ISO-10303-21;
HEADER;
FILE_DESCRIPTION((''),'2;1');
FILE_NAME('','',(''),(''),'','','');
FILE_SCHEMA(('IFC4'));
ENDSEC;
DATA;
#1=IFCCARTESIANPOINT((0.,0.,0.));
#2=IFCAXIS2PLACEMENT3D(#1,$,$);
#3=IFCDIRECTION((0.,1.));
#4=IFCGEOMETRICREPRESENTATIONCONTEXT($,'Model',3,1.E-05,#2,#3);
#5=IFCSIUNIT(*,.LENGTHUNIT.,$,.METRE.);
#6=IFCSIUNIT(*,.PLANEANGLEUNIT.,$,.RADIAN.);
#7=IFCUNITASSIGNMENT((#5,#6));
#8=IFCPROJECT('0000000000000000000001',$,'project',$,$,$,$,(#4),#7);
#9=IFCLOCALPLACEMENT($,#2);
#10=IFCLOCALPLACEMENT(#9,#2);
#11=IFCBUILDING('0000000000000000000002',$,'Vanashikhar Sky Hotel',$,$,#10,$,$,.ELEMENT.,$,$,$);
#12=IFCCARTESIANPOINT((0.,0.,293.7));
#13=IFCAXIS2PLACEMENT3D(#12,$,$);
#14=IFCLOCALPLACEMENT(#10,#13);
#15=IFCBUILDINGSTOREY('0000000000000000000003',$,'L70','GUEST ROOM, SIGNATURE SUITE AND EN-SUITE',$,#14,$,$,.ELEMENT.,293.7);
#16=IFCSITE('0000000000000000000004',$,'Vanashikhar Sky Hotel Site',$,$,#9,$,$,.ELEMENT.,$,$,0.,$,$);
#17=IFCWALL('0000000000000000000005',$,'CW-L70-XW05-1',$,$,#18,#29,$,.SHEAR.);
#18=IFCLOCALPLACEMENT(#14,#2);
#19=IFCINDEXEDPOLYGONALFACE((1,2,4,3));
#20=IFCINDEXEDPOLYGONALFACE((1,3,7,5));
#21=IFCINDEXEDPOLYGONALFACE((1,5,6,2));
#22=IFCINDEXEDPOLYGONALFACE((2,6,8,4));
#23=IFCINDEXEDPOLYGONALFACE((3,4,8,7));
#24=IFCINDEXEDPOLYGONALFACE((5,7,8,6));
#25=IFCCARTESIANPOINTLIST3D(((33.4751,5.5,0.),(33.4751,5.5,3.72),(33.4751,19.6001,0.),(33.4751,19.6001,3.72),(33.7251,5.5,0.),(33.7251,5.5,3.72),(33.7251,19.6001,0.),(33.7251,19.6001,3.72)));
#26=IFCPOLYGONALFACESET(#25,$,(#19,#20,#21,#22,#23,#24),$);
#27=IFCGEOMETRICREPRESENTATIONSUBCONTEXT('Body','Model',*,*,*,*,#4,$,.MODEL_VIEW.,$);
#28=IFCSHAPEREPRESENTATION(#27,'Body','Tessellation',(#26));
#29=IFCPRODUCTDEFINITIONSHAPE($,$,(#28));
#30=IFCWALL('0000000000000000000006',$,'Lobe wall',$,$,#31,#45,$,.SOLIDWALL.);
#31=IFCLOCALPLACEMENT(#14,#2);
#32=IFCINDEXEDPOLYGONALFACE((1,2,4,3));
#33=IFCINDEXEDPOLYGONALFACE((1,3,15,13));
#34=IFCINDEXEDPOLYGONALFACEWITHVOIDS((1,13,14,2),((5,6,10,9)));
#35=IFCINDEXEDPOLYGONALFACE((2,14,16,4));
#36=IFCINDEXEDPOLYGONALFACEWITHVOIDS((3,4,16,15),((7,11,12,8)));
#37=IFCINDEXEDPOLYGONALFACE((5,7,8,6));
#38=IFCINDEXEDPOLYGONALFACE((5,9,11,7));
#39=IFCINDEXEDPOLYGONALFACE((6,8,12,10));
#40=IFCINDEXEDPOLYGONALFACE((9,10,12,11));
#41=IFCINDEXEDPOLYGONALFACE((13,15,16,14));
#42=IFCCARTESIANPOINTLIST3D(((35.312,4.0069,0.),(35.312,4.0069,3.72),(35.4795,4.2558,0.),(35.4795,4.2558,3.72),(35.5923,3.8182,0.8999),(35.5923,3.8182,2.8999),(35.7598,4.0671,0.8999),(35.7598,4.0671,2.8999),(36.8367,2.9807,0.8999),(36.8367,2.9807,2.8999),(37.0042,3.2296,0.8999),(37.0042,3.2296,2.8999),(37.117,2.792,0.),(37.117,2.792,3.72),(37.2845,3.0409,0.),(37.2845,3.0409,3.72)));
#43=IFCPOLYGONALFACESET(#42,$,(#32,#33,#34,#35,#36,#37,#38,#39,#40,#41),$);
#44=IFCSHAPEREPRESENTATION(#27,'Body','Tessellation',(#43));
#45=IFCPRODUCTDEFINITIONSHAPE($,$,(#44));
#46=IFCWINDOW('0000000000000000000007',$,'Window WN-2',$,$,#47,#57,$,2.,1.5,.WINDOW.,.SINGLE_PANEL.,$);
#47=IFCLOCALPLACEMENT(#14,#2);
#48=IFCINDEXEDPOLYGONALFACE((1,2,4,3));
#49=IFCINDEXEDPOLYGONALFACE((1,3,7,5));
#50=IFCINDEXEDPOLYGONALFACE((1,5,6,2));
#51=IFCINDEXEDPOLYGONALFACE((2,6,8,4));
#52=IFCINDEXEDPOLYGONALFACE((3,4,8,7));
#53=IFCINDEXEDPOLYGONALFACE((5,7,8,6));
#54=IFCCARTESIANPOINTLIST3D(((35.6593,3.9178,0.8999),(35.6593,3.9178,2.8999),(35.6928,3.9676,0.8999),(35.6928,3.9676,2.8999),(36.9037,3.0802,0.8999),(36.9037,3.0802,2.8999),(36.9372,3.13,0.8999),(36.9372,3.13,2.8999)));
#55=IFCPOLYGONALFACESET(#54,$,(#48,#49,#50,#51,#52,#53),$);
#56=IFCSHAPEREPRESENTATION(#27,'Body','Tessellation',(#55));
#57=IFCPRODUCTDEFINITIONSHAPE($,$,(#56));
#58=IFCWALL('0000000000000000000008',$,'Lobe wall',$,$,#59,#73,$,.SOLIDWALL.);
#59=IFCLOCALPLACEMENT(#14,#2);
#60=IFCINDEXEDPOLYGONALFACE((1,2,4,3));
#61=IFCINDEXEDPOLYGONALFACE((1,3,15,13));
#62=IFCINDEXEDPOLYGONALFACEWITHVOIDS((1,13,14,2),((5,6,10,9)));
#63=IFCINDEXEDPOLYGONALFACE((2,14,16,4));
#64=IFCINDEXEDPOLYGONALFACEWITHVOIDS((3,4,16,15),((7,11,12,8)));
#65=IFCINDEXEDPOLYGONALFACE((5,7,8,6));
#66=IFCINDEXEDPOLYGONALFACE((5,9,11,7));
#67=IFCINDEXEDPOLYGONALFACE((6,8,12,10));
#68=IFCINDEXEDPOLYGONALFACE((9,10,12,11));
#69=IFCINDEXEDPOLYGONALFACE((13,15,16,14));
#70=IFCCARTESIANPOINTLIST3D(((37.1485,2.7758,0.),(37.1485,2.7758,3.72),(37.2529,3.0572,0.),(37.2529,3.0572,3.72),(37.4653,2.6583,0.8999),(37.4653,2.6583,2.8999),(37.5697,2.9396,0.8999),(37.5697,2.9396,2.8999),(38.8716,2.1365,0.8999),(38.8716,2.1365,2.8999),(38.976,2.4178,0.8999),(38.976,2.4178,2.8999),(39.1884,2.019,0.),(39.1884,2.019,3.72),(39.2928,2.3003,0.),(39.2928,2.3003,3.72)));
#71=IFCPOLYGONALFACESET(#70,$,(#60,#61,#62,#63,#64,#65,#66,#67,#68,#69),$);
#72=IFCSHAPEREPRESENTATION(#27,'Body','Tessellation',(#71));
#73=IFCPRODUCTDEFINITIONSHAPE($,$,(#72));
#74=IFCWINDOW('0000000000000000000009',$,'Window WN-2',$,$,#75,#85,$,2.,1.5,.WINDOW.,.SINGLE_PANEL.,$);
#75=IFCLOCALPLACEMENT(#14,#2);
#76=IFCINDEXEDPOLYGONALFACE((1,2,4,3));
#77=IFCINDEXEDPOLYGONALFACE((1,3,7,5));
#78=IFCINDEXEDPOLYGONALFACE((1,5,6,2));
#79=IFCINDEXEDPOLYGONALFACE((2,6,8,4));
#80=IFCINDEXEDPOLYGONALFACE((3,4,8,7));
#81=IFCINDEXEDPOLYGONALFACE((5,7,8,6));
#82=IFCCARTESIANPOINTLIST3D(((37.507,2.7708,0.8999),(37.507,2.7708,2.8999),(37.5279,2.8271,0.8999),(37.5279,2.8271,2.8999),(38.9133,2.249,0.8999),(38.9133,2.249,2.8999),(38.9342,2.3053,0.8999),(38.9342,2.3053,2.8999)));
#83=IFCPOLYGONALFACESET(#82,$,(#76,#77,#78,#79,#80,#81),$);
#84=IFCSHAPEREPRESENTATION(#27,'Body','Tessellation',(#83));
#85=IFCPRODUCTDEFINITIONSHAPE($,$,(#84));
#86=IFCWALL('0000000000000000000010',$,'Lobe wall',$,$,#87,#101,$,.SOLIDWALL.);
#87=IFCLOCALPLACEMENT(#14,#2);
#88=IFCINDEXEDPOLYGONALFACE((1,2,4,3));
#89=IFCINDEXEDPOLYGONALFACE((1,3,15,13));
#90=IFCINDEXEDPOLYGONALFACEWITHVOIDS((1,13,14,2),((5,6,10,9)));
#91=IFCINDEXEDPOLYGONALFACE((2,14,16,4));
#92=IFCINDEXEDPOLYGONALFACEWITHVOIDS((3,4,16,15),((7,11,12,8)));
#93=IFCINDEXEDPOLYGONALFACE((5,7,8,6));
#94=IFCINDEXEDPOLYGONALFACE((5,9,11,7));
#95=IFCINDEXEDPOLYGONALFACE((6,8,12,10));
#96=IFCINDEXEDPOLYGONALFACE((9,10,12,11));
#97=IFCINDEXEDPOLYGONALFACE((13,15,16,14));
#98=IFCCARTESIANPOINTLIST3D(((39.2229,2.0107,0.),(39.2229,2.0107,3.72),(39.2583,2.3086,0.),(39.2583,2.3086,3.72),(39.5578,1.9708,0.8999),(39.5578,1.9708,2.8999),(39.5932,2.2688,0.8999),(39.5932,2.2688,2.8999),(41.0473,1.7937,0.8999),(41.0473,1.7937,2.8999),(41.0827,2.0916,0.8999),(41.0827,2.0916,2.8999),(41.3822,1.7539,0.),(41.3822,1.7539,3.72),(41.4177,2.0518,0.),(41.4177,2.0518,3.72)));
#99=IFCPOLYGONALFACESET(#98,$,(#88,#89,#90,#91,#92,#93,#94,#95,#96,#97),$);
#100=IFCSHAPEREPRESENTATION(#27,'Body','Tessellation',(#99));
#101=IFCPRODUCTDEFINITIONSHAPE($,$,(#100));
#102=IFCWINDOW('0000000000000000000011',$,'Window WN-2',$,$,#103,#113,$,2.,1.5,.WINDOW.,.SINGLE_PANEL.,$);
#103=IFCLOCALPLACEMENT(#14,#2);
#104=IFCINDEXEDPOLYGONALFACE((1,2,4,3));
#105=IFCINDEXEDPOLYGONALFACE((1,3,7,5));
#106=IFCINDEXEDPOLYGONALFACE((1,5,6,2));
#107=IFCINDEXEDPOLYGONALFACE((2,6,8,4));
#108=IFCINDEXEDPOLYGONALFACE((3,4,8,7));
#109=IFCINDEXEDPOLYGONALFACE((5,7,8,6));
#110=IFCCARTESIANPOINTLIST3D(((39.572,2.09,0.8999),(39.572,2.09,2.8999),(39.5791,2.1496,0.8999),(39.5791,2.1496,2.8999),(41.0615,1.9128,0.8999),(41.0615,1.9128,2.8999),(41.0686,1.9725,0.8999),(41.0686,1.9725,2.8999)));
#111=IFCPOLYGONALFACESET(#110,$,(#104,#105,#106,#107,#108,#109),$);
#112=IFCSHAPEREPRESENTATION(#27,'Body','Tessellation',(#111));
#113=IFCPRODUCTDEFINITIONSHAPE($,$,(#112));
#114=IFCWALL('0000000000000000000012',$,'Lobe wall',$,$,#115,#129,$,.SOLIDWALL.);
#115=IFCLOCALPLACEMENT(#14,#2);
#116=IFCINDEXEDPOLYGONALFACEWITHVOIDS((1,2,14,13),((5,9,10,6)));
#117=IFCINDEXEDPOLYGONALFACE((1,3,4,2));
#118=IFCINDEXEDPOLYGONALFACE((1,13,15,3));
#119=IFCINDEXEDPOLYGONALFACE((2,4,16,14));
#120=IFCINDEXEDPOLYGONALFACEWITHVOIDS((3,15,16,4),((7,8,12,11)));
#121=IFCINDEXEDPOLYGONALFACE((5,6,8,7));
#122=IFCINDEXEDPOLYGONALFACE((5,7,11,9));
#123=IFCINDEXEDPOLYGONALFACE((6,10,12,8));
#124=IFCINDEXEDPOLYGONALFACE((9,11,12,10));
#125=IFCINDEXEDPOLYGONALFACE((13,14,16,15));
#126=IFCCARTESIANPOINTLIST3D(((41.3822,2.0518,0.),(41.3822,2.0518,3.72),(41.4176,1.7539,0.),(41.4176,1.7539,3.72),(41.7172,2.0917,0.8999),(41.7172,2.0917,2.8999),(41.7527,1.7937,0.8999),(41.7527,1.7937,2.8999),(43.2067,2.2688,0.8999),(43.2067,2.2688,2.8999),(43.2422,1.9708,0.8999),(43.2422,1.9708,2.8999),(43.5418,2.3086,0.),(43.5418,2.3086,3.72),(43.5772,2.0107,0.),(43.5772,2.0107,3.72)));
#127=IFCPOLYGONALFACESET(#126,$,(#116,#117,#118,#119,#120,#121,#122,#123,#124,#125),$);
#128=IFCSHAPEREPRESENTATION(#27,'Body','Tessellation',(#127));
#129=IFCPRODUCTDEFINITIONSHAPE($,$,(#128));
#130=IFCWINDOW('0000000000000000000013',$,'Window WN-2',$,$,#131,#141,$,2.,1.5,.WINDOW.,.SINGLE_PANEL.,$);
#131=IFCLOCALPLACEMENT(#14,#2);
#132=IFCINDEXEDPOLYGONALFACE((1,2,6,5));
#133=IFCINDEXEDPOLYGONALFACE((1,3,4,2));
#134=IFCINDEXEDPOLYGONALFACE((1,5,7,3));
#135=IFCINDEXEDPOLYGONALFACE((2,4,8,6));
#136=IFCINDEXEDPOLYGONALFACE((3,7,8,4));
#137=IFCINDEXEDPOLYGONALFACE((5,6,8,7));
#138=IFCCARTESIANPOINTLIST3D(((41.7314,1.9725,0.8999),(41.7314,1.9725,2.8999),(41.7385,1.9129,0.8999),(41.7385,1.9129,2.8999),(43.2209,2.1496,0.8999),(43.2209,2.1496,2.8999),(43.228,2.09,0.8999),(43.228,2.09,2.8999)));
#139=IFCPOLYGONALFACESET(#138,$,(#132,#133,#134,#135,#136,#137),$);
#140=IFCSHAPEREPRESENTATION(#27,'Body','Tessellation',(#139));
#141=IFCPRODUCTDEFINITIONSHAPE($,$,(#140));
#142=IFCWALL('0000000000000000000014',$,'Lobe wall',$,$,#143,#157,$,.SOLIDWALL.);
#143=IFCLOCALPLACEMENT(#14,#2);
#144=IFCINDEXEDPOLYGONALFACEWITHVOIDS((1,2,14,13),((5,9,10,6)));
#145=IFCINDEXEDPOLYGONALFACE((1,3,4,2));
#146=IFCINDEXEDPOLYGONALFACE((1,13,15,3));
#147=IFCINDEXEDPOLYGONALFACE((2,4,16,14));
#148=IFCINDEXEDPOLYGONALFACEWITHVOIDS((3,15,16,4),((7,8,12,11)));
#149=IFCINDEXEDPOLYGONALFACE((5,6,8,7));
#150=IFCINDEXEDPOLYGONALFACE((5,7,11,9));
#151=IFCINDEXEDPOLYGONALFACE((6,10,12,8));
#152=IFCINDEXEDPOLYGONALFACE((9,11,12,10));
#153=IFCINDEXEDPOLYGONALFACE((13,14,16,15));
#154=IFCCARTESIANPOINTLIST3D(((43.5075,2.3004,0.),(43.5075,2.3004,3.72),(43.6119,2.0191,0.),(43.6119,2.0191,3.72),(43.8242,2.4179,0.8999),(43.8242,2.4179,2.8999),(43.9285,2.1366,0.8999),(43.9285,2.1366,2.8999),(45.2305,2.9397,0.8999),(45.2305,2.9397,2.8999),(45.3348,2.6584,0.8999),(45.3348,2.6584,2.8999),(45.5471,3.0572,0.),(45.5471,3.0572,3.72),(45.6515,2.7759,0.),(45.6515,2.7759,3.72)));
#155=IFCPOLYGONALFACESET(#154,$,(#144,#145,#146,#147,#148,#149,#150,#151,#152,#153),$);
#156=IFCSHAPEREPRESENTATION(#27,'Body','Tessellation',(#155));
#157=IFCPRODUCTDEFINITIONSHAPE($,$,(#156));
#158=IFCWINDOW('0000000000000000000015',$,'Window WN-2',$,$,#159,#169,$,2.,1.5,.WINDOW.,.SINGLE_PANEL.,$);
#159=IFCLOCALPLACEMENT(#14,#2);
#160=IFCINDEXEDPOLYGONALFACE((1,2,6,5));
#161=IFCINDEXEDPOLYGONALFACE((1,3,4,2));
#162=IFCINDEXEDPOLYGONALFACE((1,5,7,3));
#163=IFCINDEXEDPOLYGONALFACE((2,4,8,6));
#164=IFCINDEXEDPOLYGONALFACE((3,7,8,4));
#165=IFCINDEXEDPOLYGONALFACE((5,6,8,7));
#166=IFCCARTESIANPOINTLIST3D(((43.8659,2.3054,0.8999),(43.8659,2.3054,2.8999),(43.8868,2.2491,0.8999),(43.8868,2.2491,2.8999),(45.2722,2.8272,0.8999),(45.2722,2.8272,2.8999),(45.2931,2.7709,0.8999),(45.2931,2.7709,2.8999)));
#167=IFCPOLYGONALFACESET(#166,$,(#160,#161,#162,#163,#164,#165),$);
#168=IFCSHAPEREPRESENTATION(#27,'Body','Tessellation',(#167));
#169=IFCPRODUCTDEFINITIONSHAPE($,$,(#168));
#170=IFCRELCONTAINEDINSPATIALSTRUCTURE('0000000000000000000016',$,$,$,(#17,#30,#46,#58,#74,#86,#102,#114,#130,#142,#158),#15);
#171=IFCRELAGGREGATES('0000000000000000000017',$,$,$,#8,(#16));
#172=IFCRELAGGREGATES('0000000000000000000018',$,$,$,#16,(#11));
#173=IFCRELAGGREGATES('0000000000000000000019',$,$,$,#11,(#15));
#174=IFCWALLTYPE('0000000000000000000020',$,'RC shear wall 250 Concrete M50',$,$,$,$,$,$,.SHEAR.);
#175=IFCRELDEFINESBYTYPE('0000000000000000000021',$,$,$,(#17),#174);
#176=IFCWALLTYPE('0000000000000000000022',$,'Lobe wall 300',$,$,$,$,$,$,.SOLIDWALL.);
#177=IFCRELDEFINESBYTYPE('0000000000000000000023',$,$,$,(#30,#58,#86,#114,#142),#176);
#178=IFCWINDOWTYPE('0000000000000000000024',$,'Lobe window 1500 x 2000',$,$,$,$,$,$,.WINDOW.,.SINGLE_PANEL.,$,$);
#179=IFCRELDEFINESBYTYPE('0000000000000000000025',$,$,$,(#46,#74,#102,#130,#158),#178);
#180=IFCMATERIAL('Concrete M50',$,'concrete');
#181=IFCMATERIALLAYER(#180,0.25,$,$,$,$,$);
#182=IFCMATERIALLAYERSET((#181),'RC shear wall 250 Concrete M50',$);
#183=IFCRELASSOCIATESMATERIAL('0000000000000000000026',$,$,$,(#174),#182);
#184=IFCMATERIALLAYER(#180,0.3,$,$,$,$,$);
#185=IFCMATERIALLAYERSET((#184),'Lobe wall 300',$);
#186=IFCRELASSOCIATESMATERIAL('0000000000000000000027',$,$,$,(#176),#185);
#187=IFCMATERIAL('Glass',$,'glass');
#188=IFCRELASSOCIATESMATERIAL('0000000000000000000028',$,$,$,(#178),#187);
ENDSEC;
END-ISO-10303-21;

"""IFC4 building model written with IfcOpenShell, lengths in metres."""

from ifc_helpers import new_model, si_unit, direction, frame, frame_2d, origin, place, context, subcontext, project, spatial, rectangle, extrude, source, transform, mapped, material, layer, layer_set, type_object, element, fill, save


model = new_model("IFC4")

# Units and contexts
model_context = context("Model", 3, precision=1e-05, world=origin(), true_north=direction((0.0, 1.0)))
body_context = subcontext(model_context, "Body", "Model", "MODEL_VIEW")
ifc_project = project(units=[si_unit("LENGTHUNIT", "METRE"), si_unit("PLANEANGLEUNIT", "RADIAN")], contexts=[model_context])

# Site, building, storey
site_placement = place(None, origin())
site = spatial("IfcSite", under=ifc_project, at=site_placement, Name="Vanashikhar Sky Hotel Site", CompositionType="ELEMENT", RefElevation=0.0)
building_placement = place(site_placement, origin())
building = spatial("IfcBuilding", under=site, at=building_placement, Name="Vanashikhar Sky Hotel", CompositionType="ELEMENT")
storey_placement = place(building_placement, frame((0.0, 0.0, 293.7)))
storey = spatial("IfcBuildingStorey", under=building, at=storey_placement, Name="L70", Description="GUEST ROOM, SIGNATURE SUITE AND EN-SUITE", CompositionType="ELEMENT", Elevation=293.7)

# Wall
ifc_material_1 = material(Name="Concrete M50", Category="concrete")
ifc_layer_1 = layer(ifc_material_1, 0.25)
ifc_layer_set_1 = layer_set([ifc_layer_1], Name="RC shear wall 250 Concrete M50")
wall_type_1 = type_object("IfcWallType", Name="RC shear wall 250 Concrete M50", PredefinedType="SHEAR", material=ifc_layer_set_1)
shared_shape_1 = source(origin(), body_context, "Body", "SweptSolid", [
    extrude(rectangle(XDim=14.1001, YDim=0.25, at=frame_2d((7.05, 0.0))), origin(), (0.0, 0.0, 1.0), 3.72),
])
wall_1_placement = place(storey_placement, frame((33.6001, 5.5, 0.0), z_axis=(0.0, 0.0, 1.0), x_axis=(0.0, 1.0, 0.0)))
element("IfcWall", 1, at=wall_1_placement, inside=storey, type_object=wall_type_1, Name="CW-L70-XW05-1", PredefinedType="SHEAR", context=body_context, shape_type="MappedRepresentation", body=[
    mapped(shared_shape_1, transform((0.0, 0.0, 0.0), scale=1.0)),
])

# Walls, openings, windows
ifc_layer_2 = layer(ifc_material_1, 0.3)
ifc_layer_set_2 = layer_set([ifc_layer_2], Name="Lobe wall 300")
wall_type_2 = type_object("IfcWallType", Name="Lobe wall 300", PredefinedType="SOLIDWALL", material=ifc_layer_set_2)
shared_shape_2 = source(origin(), body_context, "Body", "SweptSolid", [
    extrude(rectangle(XDim=2.1758, YDim=0.3, at=frame_2d((1.0879, 0.0))), origin(), (0.0, 0.0, 1.0), 3.72),
])
wall_2_placement = place(storey_placement, frame((35.3958, 4.1313, 0.0), z_axis=(0.0, 0.0, 1.0), x_axis=(0.829591, -0.558372, 0.0)))
wall_2 = element("IfcWall", 2, at=wall_2_placement, inside=storey, type_object=wall_type_2, Name="Lobe wall", PredefinedType="SOLIDWALL", context=body_context, shape_type="MappedRepresentation", body=[
    mapped(shared_shape_2, transform((0.0, 0.0, 0.0), scale=1.0)),
])
shared_shape_3 = source(origin(), body_context, "Body", "SweptSolid", [
    extrude(rectangle(XDim=1.5, YDim=2.0, at=frame_2d((0.75, 1.0))), frame((0.0, 0.1602, 0.0), z_axis=(0.0, -1.0, 0.0), x_axis=(1.0, 0.0, 0.0)), (0.0, 0.0, 1.0), 0.3201),
])
opening_1_placement = place(wall_2_placement, frame((0.3379, 0.0, 0.8999)))
opening_1 = element("IfcOpeningElement", 3, at=opening_1_placement, cuts=wall_2, PredefinedType="OPENING", context=body_context, shape_type="MappedRepresentation", body=[
    mapped(shared_shape_3, transform((0.0, 0.0, 0.0), scale=1.0)),
])
ifc_material_2 = material(Name="Glass", Category="glass")
window_type = type_object("IfcWindowType", Name="Lobe window 1500 x 2000", PartitioningType="SINGLE_PANEL", PredefinedType="WINDOW", material=ifc_material_2)
shared_shape_4 = source(origin(), body_context, "Body", "SweptSolid", [
    extrude(rectangle(XDim=1.5, YDim=2.0, at=frame_2d((0.75, 1.0))), frame((0.0, 0.03, 0.0), z_axis=(0.0, -1.0, 0.0), x_axis=(1.0, 0.0, 0.0)), (0.0, 0.0, 1.0), 0.0601),
])
window_1_placement = place(opening_1_placement, origin())
window_1 = element("IfcWindow", 4, at=window_1_placement, inside=storey, type_object=window_type, Name="Window WN-2", OverallHeight=2.0, OverallWidth=1.5, PartitioningType="SINGLE_PANEL", PredefinedType="WINDOW", context=body_context, shape_type="MappedRepresentation", body=[
    mapped(shared_shape_4, transform((0.0, 0.0, 0.0), scale=1.0)),
])
fill(opening_1, window_1)
wall_3_placement = place(storey_placement, frame((37.2007, 2.9165, 0.0), z_axis=(0.0, 0.0, 1.0), x_axis=(0.937546, -0.347863, 0.0)))
wall_3 = element("IfcWall", 5, at=wall_3_placement, inside=storey, type_object=wall_type_2, Name="Lobe wall", PredefinedType="SOLIDWALL", context=body_context, shape_type="MappedRepresentation", body=[
    mapped(shared_shape_2, transform((0.0, 0.0, 0.0), scale=1.0)),
])
opening_2_placement = place(wall_3_placement, frame((0.3379, 0.0, 0.8999)))
opening_2 = element("IfcOpeningElement", 6, at=opening_2_placement, cuts=wall_3, PredefinedType="OPENING", context=body_context, shape_type="MappedRepresentation", body=[
    mapped(shared_shape_3, transform((0.0, 0.0, 0.0), scale=1.0)),
])
window_2_placement = place(opening_2_placement, origin())
window_2 = element("IfcWindow", 7, at=window_2_placement, inside=storey, type_object=window_type, Name="Window WN-2", OverallHeight=2.0, OverallWidth=1.5, PartitioningType="SINGLE_PANEL", PredefinedType="WINDOW", context=body_context, shape_type="MappedRepresentation", body=[
    mapped(shared_shape_4, transform((0.0, 0.0, 0.0), scale=1.0)),
])
fill(opening_2, window_2)
shared_shape_5 = source(origin(), body_context, "Body", "SweptSolid", [
    extrude(rectangle(XDim=2.1746, YDim=0.3, at=frame_2d((1.0874, 0.0))), origin(), (0.0, 0.0, 1.0), 3.72),
])
wall_4_placement = place(storey_placement, frame((39.2405, 2.1597, 0.0), z_axis=(0.0, 0.0, 1.0), x_axis=(0.993001, -0.118105, 0.0)))
wall_4 = element("IfcWall", 8, at=wall_4_placement, inside=storey, type_object=wall_type_2, Name="Lobe wall", PredefinedType="SOLIDWALL", context=body_context, shape_type="MappedRepresentation", body=[
    mapped(shared_shape_5, transform((0.0, 0.0, 0.0), scale=1.0)),
])
opening_3_placement = place(wall_4_placement, frame((0.3374, 0.0, 0.8999)))
opening_3 = element("IfcOpeningElement", 9, at=opening_3_placement, cuts=wall_4, PredefinedType="OPENING", context=body_context, shape_type="MappedRepresentation", body=[
    mapped(shared_shape_3, transform((0.0, 0.0, 0.0), scale=1.0)),
])
window_3_placement = place(opening_3_placement, origin())
window_3 = element("IfcWindow", 10, at=window_3_placement, inside=storey, type_object=window_type, Name="Window WN-2", OverallHeight=2.0, OverallWidth=1.5, PartitioningType="SINGLE_PANEL", PredefinedType="WINDOW", context=body_context, shape_type="MappedRepresentation", body=[
    mapped(shared_shape_4, transform((0.0, 0.0, 0.0), scale=1.0)),
])
fill(opening_3, window_3)
shared_shape_6 = source(origin(), body_context, "Body", "SweptSolid", [
    extrude(rectangle(XDim=2.1748, YDim=0.3, at=frame_2d((1.0874, 0.0))), origin(), (0.0, 0.0, 1.0), 3.72),
])
wall_5_placement = place(storey_placement, frame((41.3999, 1.9028, 0.0), z_axis=(0.0, 0.0, 1.0), x_axis=(0.993003, 0.118092, 0.0)))
wall_5 = element("IfcWall", 11, at=wall_5_placement, inside=storey, type_object=wall_type_2, Name="Lobe wall", PredefinedType="SOLIDWALL", context=body_context, shape_type="MappedRepresentation", body=[
    mapped(shared_shape_6, transform((0.0, 0.0, 0.0), scale=1.0)),
])
opening_4_placement = place(wall_5_placement, frame((0.3374, 0.0, 0.8999)))
opening_4 = element("IfcOpeningElement", 12, at=opening_4_placement, cuts=wall_5, PredefinedType="OPENING", context=body_context, shape_type="MappedRepresentation", body=[
    mapped(shared_shape_3, transform((0.0, 0.0, 0.0), scale=1.0)),
])
window_4_placement = place(opening_4_placement, origin())
window_4 = element("IfcWindow", 13, at=window_4_placement, inside=storey, type_object=window_type, Name="Window WN-2", OverallHeight=2.0, OverallWidth=1.5, PartitioningType="SINGLE_PANEL", PredefinedType="WINDOW", context=body_context, shape_type="MappedRepresentation", body=[
    mapped(shared_shape_4, transform((0.0, 0.0, 0.0), scale=1.0)),
])
fill(opening_4, window_4)
shared_shape_7 = source(origin(), body_context, "Body", "SweptSolid", [
    extrude(rectangle(XDim=2.1755, YDim=0.3, at=frame_2d((1.0879, 0.0))), origin(), (0.0, 0.0, 1.0), 3.72),
])
wall_6_placement = place(storey_placement, frame((43.5596, 2.1597, 0.0), z_axis=(0.0, 0.0, 1.0), x_axis=(0.937532, 0.347899, 0.0)))
wall_6 = element("IfcWall", 14, at=wall_6_placement, inside=storey, type_object=wall_type_2, Name="Lobe wall", PredefinedType="SOLIDWALL", context=body_context, shape_type="MappedRepresentation", body=[
    mapped(shared_shape_7, transform((0.0, 0.0, 0.0), scale=1.0)),
])
opening_5_placement = place(wall_6_placement, frame((0.3379, 0.0, 0.8999)))
opening_5 = element("IfcOpeningElement", 15, at=opening_5_placement, cuts=wall_6, PredefinedType="OPENING", context=body_context, shape_type="MappedRepresentation", body=[
    mapped(shared_shape_3, transform((0.0, 0.0, 0.0), scale=1.0)),
])
window_5_placement = place(opening_5_placement, origin())
window_5 = element("IfcWindow", 16, at=window_5_placement, inside=storey, type_object=window_type, Name="Window WN-2", OverallHeight=2.0, OverallWidth=1.5, PartitioningType="SINGLE_PANEL", PredefinedType="WINDOW", context=body_context, shape_type="MappedRepresentation", body=[
    mapped(shared_shape_4, transform((0.0, 0.0, 0.0), scale=1.0)),
])
fill(opening_5, window_5)

save(model, "model.ifc")
